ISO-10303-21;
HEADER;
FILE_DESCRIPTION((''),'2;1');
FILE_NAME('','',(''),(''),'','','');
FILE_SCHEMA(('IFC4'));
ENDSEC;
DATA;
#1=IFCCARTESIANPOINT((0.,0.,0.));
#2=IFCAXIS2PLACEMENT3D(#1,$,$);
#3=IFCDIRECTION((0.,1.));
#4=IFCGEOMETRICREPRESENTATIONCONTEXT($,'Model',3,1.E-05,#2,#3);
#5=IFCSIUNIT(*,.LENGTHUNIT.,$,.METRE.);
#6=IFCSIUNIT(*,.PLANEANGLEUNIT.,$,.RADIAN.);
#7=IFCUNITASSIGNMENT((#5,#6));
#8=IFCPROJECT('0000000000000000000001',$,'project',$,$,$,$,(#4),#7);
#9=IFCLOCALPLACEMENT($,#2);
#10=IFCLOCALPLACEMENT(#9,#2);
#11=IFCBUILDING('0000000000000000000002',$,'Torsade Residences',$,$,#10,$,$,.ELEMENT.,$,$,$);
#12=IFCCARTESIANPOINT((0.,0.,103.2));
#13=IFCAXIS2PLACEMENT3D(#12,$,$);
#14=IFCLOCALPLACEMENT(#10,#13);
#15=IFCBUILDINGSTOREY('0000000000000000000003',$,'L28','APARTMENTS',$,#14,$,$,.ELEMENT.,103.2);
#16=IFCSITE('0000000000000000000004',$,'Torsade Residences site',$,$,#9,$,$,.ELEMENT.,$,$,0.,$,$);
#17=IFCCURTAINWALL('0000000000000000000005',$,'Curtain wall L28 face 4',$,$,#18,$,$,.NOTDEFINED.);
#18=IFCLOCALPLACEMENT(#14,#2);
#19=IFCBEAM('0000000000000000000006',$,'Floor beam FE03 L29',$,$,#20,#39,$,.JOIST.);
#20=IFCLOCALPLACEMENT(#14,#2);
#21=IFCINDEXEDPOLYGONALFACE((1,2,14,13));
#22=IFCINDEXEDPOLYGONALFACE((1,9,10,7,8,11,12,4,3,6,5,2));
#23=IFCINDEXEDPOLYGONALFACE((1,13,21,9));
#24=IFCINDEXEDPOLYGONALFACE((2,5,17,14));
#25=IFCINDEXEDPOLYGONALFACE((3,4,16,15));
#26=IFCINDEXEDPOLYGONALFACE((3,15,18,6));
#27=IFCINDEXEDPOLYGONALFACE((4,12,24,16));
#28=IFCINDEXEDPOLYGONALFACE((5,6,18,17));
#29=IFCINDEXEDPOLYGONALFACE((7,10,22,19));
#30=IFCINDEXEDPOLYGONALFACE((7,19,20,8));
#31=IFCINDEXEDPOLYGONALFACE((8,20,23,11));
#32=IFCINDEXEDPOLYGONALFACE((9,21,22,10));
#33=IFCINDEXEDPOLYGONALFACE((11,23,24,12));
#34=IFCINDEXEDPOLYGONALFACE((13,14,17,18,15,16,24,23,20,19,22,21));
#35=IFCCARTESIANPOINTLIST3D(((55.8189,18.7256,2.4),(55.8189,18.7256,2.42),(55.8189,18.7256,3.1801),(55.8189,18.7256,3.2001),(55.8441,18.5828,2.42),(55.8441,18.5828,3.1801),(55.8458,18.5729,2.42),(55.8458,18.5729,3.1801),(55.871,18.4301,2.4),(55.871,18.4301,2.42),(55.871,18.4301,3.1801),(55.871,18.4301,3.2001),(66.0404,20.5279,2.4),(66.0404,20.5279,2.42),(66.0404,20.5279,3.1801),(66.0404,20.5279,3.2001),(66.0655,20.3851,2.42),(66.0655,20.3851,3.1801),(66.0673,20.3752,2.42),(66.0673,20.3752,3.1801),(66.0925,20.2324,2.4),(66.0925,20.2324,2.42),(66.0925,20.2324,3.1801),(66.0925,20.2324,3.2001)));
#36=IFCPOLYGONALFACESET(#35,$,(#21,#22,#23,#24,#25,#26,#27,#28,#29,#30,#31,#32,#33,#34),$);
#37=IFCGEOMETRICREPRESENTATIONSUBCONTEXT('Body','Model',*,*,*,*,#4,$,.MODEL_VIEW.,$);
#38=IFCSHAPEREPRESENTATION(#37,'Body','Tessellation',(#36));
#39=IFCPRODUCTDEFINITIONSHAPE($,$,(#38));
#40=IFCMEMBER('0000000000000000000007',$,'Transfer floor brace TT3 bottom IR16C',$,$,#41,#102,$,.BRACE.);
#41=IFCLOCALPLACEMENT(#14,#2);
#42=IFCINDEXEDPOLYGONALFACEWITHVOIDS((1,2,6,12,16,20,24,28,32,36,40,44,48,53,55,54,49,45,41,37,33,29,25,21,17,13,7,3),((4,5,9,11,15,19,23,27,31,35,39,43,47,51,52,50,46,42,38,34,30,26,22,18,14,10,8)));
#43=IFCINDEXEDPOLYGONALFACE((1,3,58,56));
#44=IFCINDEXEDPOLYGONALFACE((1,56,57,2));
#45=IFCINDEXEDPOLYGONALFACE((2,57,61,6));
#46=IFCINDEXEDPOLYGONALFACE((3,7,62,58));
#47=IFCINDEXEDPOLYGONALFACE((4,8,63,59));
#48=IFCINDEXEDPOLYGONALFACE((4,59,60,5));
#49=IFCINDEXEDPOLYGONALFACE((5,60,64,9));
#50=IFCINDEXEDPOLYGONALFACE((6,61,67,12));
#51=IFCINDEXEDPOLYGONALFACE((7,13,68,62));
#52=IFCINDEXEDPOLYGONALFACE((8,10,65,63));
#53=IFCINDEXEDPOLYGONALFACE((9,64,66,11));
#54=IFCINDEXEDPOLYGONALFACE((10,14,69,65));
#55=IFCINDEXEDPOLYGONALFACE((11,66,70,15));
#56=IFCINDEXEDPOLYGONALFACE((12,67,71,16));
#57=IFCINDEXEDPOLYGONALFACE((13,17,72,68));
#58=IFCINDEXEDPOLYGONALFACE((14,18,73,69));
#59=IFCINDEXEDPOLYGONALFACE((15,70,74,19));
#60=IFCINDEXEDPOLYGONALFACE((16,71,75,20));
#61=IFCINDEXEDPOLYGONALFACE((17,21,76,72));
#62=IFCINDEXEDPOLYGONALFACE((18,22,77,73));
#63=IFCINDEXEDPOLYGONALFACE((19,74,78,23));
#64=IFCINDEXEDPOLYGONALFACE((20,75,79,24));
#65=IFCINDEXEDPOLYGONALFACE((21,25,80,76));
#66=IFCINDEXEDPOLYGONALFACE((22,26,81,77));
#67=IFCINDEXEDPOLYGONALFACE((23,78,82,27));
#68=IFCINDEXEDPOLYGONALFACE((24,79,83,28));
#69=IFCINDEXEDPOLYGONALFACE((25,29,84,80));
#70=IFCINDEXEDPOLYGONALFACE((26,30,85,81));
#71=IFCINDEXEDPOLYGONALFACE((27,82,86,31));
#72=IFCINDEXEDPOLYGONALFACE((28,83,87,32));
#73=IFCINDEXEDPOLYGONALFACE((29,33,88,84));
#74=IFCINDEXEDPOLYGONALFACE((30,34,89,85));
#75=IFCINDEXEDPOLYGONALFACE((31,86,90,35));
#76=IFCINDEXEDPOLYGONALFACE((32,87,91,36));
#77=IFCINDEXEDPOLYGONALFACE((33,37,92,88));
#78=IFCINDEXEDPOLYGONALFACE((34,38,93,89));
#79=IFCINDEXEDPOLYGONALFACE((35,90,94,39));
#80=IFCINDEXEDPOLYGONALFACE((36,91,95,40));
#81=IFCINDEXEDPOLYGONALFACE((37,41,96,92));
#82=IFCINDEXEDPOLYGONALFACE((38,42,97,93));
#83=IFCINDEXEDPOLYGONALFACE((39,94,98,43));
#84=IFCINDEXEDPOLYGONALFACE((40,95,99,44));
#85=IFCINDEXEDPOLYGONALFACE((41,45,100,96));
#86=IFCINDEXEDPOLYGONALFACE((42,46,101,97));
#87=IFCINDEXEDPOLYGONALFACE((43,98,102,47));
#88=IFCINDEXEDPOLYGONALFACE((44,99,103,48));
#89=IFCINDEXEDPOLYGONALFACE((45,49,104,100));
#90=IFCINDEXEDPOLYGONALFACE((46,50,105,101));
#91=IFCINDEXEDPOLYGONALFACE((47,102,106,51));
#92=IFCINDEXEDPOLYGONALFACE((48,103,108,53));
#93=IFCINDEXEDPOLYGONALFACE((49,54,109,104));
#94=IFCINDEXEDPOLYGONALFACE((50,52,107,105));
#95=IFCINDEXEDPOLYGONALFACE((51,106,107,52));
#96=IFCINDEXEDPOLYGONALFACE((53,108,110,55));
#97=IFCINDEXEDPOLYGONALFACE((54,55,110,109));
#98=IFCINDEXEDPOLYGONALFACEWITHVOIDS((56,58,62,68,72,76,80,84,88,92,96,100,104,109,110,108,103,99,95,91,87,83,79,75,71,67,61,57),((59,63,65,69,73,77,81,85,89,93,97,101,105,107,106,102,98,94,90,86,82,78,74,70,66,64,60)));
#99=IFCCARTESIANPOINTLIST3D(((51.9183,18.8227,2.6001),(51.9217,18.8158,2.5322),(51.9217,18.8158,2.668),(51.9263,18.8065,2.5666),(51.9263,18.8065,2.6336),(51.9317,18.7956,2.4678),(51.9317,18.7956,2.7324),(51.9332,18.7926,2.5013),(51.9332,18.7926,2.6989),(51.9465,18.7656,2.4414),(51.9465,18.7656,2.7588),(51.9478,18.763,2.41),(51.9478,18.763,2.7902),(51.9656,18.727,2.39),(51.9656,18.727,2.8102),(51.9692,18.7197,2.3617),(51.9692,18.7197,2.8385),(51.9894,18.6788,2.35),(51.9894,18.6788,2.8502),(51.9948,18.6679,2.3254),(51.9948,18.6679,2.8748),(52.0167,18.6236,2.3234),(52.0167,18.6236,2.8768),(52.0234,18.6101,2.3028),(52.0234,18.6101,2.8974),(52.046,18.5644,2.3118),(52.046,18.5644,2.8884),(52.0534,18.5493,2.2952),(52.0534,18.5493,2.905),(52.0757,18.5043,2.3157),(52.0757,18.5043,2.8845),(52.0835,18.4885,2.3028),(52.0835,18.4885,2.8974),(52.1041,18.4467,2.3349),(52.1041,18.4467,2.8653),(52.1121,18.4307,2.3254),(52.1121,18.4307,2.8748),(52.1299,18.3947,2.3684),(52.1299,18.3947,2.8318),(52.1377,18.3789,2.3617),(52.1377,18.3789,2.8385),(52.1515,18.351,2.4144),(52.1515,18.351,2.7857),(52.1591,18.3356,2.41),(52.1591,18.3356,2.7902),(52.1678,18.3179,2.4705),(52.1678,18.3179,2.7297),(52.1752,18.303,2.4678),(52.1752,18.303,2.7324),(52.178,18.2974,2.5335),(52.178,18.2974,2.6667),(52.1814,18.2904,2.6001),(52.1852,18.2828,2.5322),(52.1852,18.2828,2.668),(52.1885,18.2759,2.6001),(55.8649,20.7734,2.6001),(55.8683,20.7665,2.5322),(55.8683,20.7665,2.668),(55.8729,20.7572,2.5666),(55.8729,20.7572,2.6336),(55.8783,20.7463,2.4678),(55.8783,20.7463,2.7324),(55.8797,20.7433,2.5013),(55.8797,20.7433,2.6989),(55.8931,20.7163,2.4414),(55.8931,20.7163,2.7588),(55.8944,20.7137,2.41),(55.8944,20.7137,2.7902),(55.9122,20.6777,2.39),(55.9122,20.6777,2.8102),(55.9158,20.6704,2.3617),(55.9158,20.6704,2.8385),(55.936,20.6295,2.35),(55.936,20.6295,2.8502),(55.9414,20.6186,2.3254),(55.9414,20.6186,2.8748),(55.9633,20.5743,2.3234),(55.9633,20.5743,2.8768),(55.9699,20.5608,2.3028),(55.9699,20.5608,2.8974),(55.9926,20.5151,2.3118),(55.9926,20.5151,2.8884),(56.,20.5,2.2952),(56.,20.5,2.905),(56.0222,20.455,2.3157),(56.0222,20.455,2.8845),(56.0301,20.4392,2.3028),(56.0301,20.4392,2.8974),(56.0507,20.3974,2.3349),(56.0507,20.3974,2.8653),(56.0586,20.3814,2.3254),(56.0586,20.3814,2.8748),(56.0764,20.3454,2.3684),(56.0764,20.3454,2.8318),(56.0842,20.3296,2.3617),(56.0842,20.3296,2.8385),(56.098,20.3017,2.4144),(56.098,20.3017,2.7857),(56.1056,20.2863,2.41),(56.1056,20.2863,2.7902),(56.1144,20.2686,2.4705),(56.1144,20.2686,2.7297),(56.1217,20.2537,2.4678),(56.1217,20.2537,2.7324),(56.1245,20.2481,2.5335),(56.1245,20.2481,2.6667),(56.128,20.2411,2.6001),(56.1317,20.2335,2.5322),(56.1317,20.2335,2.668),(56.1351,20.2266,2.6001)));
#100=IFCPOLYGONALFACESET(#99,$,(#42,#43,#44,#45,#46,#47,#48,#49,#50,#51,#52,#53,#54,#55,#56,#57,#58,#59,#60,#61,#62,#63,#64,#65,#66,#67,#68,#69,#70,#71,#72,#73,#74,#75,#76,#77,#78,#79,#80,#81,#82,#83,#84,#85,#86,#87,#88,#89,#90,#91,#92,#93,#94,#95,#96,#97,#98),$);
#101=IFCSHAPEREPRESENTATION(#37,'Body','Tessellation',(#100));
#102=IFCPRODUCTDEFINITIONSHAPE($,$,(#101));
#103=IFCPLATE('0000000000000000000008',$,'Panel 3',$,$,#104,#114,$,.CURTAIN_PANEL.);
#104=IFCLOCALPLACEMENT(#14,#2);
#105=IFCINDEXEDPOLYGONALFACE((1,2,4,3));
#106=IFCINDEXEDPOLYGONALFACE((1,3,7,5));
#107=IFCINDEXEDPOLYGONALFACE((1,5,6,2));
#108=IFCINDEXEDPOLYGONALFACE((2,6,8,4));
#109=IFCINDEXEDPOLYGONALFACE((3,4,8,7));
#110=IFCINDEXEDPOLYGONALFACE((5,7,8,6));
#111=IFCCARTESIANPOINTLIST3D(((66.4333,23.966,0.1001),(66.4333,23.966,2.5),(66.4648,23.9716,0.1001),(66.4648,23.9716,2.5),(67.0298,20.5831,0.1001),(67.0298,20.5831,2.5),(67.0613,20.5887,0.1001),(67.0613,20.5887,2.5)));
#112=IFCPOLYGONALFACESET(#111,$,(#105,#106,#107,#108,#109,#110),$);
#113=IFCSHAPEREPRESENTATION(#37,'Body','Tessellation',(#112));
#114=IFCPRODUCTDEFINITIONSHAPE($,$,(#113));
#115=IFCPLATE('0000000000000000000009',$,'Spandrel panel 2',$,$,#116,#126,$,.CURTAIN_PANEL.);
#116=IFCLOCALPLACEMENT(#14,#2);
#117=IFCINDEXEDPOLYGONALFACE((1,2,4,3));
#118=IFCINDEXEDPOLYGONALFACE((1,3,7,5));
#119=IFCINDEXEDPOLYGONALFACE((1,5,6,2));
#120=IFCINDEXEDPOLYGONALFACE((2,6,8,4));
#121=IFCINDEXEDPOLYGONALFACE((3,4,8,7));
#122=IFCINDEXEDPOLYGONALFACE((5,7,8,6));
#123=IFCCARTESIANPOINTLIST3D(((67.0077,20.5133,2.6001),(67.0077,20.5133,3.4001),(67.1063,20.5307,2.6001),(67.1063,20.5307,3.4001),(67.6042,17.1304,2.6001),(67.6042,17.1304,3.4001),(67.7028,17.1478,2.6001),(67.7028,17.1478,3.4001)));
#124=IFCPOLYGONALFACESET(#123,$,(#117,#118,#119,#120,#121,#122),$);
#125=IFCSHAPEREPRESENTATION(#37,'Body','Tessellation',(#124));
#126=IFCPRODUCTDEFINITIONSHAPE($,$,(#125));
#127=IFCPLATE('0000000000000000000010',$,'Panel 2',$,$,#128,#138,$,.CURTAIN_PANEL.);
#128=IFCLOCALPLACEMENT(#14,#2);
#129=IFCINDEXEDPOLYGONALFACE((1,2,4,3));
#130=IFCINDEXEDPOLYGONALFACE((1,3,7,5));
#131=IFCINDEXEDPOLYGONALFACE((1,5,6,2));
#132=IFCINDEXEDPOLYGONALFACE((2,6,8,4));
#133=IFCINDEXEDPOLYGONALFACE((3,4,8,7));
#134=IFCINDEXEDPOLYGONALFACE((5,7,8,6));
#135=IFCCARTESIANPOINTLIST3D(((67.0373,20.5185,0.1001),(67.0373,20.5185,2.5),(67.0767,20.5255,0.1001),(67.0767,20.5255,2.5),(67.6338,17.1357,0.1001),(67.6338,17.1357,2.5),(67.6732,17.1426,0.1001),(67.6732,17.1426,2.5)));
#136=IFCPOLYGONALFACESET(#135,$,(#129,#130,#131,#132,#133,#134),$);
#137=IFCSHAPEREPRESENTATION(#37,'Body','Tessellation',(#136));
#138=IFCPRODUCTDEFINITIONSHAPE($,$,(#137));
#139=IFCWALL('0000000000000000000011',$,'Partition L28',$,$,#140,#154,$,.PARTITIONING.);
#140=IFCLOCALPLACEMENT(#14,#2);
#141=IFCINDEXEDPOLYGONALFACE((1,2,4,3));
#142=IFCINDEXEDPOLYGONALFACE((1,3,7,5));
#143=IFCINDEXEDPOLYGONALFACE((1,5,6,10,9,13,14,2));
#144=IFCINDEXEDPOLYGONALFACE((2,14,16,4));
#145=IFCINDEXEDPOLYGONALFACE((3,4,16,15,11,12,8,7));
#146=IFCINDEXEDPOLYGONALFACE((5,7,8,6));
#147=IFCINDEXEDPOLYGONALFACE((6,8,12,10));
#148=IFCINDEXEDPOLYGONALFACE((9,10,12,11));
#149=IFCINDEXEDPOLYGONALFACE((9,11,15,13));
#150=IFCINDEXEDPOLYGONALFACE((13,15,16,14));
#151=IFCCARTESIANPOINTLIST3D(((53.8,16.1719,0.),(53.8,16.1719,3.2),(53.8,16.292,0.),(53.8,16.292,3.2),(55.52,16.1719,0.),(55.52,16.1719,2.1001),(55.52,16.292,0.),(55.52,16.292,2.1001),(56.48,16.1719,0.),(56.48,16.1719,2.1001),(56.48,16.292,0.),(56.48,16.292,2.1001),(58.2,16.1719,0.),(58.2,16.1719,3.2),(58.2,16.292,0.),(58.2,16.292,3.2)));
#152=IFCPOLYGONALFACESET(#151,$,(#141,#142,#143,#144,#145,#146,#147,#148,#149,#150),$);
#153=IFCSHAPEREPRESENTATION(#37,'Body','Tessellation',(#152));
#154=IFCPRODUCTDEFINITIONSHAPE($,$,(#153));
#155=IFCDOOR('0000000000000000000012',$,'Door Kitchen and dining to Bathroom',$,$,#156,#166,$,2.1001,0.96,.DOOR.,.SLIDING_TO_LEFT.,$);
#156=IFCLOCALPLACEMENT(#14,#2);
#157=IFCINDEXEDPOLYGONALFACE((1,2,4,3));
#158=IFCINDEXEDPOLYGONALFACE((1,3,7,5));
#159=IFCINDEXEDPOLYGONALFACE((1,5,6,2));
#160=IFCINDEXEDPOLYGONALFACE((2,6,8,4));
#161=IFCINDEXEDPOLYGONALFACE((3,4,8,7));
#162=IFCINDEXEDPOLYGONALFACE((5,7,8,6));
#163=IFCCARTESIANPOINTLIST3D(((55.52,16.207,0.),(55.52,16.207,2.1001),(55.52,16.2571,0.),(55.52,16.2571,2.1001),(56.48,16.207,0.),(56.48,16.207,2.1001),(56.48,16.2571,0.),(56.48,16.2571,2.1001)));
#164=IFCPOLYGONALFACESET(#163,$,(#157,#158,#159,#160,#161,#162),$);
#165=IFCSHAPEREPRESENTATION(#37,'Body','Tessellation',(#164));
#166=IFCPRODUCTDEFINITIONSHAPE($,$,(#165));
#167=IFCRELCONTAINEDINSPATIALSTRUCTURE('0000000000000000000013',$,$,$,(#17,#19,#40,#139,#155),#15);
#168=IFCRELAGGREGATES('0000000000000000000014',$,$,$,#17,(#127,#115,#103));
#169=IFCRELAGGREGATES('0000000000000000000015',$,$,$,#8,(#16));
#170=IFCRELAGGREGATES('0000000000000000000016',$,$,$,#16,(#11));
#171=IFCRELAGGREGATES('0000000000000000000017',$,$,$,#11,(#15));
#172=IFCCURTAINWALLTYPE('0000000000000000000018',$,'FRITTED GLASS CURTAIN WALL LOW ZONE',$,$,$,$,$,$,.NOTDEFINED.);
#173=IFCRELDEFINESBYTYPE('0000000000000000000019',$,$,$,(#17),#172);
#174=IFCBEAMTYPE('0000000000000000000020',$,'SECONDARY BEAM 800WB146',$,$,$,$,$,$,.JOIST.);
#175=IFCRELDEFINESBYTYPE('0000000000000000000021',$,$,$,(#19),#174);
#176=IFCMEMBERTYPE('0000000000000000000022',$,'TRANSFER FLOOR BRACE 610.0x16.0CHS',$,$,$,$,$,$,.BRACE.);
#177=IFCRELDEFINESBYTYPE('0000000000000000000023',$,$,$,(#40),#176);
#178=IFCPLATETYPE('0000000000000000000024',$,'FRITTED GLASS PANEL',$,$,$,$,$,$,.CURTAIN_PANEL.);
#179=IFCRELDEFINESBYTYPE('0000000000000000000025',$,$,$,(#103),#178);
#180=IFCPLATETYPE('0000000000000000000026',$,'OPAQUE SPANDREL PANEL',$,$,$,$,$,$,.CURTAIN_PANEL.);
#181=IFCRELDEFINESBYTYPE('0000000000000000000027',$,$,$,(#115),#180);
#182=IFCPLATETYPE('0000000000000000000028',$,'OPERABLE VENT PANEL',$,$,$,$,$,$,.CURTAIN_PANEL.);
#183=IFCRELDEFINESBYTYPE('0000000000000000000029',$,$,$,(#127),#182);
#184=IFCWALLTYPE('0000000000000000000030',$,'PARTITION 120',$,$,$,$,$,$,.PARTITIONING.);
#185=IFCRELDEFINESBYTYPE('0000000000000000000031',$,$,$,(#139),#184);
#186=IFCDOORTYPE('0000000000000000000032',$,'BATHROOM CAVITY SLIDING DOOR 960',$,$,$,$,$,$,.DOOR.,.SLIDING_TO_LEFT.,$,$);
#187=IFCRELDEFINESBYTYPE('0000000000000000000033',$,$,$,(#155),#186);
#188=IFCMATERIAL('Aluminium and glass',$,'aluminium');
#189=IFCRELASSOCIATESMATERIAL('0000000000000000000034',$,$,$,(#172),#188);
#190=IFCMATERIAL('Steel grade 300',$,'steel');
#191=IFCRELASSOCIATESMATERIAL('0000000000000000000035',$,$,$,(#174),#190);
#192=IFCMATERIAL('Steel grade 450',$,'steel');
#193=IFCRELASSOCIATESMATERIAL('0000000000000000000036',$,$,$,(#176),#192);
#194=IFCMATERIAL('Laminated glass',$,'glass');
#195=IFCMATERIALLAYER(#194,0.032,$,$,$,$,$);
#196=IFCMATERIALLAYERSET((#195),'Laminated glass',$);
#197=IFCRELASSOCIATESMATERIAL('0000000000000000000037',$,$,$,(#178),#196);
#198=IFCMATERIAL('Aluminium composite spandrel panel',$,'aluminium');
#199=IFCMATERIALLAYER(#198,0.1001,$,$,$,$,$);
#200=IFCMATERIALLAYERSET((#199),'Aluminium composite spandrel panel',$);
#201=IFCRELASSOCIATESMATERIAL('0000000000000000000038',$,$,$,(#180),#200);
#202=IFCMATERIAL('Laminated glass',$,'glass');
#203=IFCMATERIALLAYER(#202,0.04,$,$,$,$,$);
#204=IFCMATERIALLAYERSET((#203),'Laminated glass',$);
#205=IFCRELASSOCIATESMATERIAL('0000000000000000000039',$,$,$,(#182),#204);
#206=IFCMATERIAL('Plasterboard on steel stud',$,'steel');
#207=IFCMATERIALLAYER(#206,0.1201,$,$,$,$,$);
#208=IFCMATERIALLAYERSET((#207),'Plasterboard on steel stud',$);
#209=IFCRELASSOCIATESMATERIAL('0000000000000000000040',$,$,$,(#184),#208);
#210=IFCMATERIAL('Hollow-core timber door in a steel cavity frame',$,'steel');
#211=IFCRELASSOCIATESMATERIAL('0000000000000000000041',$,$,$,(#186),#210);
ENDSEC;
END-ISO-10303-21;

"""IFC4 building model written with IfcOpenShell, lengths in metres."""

from ifc_helpers import new_model, si_unit, direction, frame, frame_2d, origin, origin_2d, place, context, subcontext, project, spatial, rectangle, hollow_circle, i_section, extrude, material, layer, layer_set, material_profile, profile_set, type_object, element, fill, aggregate, save


model = new_model("IFC4")

# Units and contexts
model_context = context("Model", 3, precision=1e-05, world=origin(), true_north=direction((0.0, 1.0)))
body_context = subcontext(model_context, "Body", "Model", "MODEL_VIEW")
ifc_project = project(units=[si_unit("LENGTHUNIT", "METRE"), si_unit("PLANEANGLEUNIT", "RADIAN")], contexts=[model_context])

# Site, building, storey
site_placement = place(None, origin())
site = spatial("IfcSite", under=ifc_project, at=site_placement, Name="Torsade Residences site", CompositionType="ELEMENT", RefElevation=0.0)
building_placement = place(site_placement, origin())
building = spatial("IfcBuilding", under=site, at=building_placement, Name="Torsade Residences", CompositionType="ELEMENT")
storey_placement = place(building_placement, frame((0.0, 0.0, 103.2)))
storey = spatial("IfcBuildingStorey", under=building, at=storey_placement, Name="L28", Description="APARTMENTS", CompositionType="ELEMENT", Elevation=103.2)

# Curtain wall
ifc_material_1 = material(Name="Aluminium and glass", Category="aluminium")
curtain_wall_type = type_object("IfcCurtainWallType", Name="FRITTED GLASS CURTAIN WALL LOW ZONE", PredefinedType="NOTDEFINED", material=ifc_material_1)
curtain_wall_placement = place(storey_placement, origin())
curtain_wall = element("IfcCurtainWall", 1, at=curtain_wall_placement, inside=storey, type_object=curtain_wall_type, Name="Curtain wall L28 face 4", PredefinedType="NOTDEFINED")

# Beam
ifc_material_2 = material(Name="Steel grade 300", Category="steel")
ifc_material_profile_1 = material_profile(ifc_material_2, i_section(OverallWidth=0.3, OverallDepth=0.8, WebThickness=0.01, FlangeThickness=0.02, at=origin_2d()), Name="800WB146")
ifc_profile_set_1 = profile_set([ifc_material_profile_1], Name="Steel grade 300")
beam_type_1 = type_object("IfcBeamType", Name="SECONDARY BEAM 800WB146", PredefinedType="JOIST", material=ifc_profile_set_1)
beam_1_placement = place(storey_placement, frame((66.0664, 20.3801, 2.8), z_axis=(-0.984809, -0.173642, 0.0), x_axis=(0.173642, -0.984809, 0.0)))
element("IfcBeam", 2, at=beam_1_placement, inside=storey, type_object=beam_type_1, Name="Floor beam FE03 L29", PredefinedType="JOIST", context=body_context, shape_type="SweptSolid", body=[
    extrude(i_section(OverallWidth=0.3, OverallDepth=0.8, WebThickness=0.01, FlangeThickness=0.02, at=origin_2d()), origin(), (0.0, 0.0, 1.0), 10.3792),
])

# Member
ifc_material_3 = material(Name="Steel grade 450", Category="steel")
ifc_material_profile_2 = material_profile(ifc_material_3, hollow_circle(Radius=0.3049, WallThickness=0.0161, at=origin_2d()), Name="610.0x16.0CHS")
ifc_profile_set_2 = profile_set([ifc_material_profile_2], Name="Steel grade 450")
member_type_1 = type_object("IfcMemberType", Name="TRANSFER FLOOR BRACE 610.0x16.0CHS", PredefinedType="BRACE", material=ifc_profile_set_2)
member_1_placement = place(storey_placement, frame((56.0, 20.5, 2.6001), z_axis=(-0.89647, -0.443105, 0.0), x_axis=(0.443105, -0.89647, 0.0)))
element("IfcMember", 3, at=member_1_placement, inside=storey, type_object=member_type_1, Name="Transfer floor brace TT3 bottom IR16C", PredefinedType="BRACE", context=body_context, shape_type="SweptSolid", body=[
    extrude(hollow_circle(Radius=0.3049, WallThickness=0.0161, at=origin_2d()), origin(), (0.0, 0.0, 1.0), 4.4023),
])

# Plates
ifc_material_4 = material(Name="Laminated glass", Category="glass")
ifc_layer_1 = layer(ifc_material_4, 0.032)
ifc_layer_set_1 = layer_set([ifc_layer_1], Name="Laminated glass")
plate_type_1 = type_object("IfcPlateType", Name="FRITTED GLASS PANEL", PredefinedType="CURTAIN_PANEL", material=ifc_layer_set_1)
plate_1_placement = place(storey_placement, frame((66.7473, 22.2773, 0.1001), z_axis=(0.0, 0.0, 1.0), x_axis=(-0.173648, 0.984808, 0.0)))
plate_1 = element("IfcPlate", 4, at=plate_1_placement, type_object=plate_type_1, Name="Panel 3", PredefinedType="CURTAIN_PANEL", context=body_context, shape_type="SweptSolid", body=[
    extrude(rectangle(XDim=3.4351, YDim=0.032, at=origin_2d()), origin(), (0.0, 0.0, 1.0), 2.3999),
])
ifc_material_5 = material(Name="Aluminium composite spandrel panel", Category="aluminium")
ifc_layer_2 = layer(ifc_material_5, 0.1001)
ifc_layer_set_2 = layer_set([ifc_layer_2], Name="Aluminium composite spandrel panel")
plate_type_2 = type_object("IfcPlateType", Name="OPAQUE SPANDREL PANEL", PredefinedType="CURTAIN_PANEL", material=ifc_layer_set_2)
plate_2_placement = place(storey_placement, frame((67.3552, 18.8306, 2.6001), z_axis=(0.0, 0.0, 1.0), x_axis=(-0.173648, 0.984808, 0.0)))
plate_2 = element("IfcPlate", 5, at=plate_2_placement, type_object=plate_type_2, Name="Spandrel panel 2", PredefinedType="CURTAIN_PANEL", context=body_context, shape_type="SweptSolid", body=[
    extrude(rectangle(XDim=3.4351, YDim=0.1001, at=origin_2d()), origin(), (0.0, 0.0, 1.0), 0.8),
])
ifc_material_6 = material(Name="Laminated glass", Category="glass")
ifc_layer_3 = layer(ifc_material_6, 0.04)
ifc_layer_set_3 = layer_set([ifc_layer_3], Name="Laminated glass")
plate_type_3 = type_object("IfcPlateType", Name="OPERABLE VENT PANEL", PredefinedType="CURTAIN_PANEL", material=ifc_layer_set_3)
plate_3_placement = place(storey_placement, frame((67.3552, 18.8306, 0.1001), z_axis=(0.0, 0.0, 1.0), x_axis=(-0.173648, 0.984808, 0.0)))
plate_3 = element("IfcPlate", 6, at=plate_3_placement, type_object=plate_type_3, Name="Panel 2", PredefinedType="CURTAIN_PANEL", context=body_context, shape_type="SweptSolid", body=[
    extrude(rectangle(XDim=3.4351, YDim=0.04, at=origin_2d()), origin(), (0.0, 0.0, 1.0), 2.3999),
])
aggregate(curtain_wall, [plate_3, plate_2, plate_1])

# Wall, opening, door
ifc_material_7 = material(Name="Plasterboard on steel stud", Category="steel")
ifc_layer_4 = layer(ifc_material_7, 0.1201)
ifc_layer_set_4 = layer_set([ifc_layer_4], Name="Plasterboard on steel stud")
wall_type = type_object("IfcWallType", Name="PARTITION 120", PredefinedType="PARTITIONING", material=ifc_layer_set_4)
wall_1_placement = place(storey_placement, frame((58.2, 16.2319, 0.0), z_axis=(0.0, 0.0, 1.0), x_axis=(-1.0, 0.0, 0.0)))
wall_1 = element("IfcWall", 7, at=wall_1_placement, inside=storey, type_object=wall_type, Name="Partition L28", PredefinedType="PARTITIONING", context=body_context, shape_type="SweptSolid", body=[
    extrude(rectangle(XDim=4.3999, YDim=0.1201, at=frame_2d((2.2, 0.0))), origin(), (0.0, 0.0, 1.0), 3.2),
])
opening_1_placement = place(wall_1_placement, frame((1.72, 0.0, 0.0)))
opening_1 = element("IfcOpeningElement", 8, at=opening_1_placement, cuts=wall_1, PredefinedType="OPENING", context=body_context, shape_type="SweptSolid", body=[
    extrude(rectangle(XDim=0.96, YDim=2.1001, at=frame_2d((0.48, 1.05))), frame((0.0, 0.0701, 0.0), z_axis=(0.0, -1.0, 0.0), x_axis=(1.0, 0.0, 0.0)), (0.0, 0.0, 1.0), 0.1401),
])
ifc_material_8 = material(Name="Hollow-core timber door in a steel cavity frame", Category="steel")
door_type_1 = type_object("IfcDoorType", Name="BATHROOM CAVITY SLIDING DOOR 960", OperationType="SLIDING_TO_LEFT", PredefinedType="DOOR", material=ifc_material_8)
door_1_placement = place(opening_1_placement, origin())
door_1 = element("IfcDoor", 9, at=door_1_placement, inside=storey, type_object=door_type_1, Name="Door Kitchen and dining to Bathroom", OperationType="SLIDING_TO_LEFT", OverallHeight=2.1001, OverallWidth=0.96, PredefinedType="DOOR", context=body_context, shape_type="SweptSolid", body=[
    extrude(rectangle(XDim=0.96, YDim=2.1001, at=frame_2d((0.48, 1.05))), frame((0.0, 0.0249, 0.0), z_axis=(0.0, -1.0, 0.0), x_axis=(1.0, 0.0, 0.0)), (0.0, 0.0, 1.0), 0.05),
])
fill(opening_1, door_1)

save(model, "model.ifc")
